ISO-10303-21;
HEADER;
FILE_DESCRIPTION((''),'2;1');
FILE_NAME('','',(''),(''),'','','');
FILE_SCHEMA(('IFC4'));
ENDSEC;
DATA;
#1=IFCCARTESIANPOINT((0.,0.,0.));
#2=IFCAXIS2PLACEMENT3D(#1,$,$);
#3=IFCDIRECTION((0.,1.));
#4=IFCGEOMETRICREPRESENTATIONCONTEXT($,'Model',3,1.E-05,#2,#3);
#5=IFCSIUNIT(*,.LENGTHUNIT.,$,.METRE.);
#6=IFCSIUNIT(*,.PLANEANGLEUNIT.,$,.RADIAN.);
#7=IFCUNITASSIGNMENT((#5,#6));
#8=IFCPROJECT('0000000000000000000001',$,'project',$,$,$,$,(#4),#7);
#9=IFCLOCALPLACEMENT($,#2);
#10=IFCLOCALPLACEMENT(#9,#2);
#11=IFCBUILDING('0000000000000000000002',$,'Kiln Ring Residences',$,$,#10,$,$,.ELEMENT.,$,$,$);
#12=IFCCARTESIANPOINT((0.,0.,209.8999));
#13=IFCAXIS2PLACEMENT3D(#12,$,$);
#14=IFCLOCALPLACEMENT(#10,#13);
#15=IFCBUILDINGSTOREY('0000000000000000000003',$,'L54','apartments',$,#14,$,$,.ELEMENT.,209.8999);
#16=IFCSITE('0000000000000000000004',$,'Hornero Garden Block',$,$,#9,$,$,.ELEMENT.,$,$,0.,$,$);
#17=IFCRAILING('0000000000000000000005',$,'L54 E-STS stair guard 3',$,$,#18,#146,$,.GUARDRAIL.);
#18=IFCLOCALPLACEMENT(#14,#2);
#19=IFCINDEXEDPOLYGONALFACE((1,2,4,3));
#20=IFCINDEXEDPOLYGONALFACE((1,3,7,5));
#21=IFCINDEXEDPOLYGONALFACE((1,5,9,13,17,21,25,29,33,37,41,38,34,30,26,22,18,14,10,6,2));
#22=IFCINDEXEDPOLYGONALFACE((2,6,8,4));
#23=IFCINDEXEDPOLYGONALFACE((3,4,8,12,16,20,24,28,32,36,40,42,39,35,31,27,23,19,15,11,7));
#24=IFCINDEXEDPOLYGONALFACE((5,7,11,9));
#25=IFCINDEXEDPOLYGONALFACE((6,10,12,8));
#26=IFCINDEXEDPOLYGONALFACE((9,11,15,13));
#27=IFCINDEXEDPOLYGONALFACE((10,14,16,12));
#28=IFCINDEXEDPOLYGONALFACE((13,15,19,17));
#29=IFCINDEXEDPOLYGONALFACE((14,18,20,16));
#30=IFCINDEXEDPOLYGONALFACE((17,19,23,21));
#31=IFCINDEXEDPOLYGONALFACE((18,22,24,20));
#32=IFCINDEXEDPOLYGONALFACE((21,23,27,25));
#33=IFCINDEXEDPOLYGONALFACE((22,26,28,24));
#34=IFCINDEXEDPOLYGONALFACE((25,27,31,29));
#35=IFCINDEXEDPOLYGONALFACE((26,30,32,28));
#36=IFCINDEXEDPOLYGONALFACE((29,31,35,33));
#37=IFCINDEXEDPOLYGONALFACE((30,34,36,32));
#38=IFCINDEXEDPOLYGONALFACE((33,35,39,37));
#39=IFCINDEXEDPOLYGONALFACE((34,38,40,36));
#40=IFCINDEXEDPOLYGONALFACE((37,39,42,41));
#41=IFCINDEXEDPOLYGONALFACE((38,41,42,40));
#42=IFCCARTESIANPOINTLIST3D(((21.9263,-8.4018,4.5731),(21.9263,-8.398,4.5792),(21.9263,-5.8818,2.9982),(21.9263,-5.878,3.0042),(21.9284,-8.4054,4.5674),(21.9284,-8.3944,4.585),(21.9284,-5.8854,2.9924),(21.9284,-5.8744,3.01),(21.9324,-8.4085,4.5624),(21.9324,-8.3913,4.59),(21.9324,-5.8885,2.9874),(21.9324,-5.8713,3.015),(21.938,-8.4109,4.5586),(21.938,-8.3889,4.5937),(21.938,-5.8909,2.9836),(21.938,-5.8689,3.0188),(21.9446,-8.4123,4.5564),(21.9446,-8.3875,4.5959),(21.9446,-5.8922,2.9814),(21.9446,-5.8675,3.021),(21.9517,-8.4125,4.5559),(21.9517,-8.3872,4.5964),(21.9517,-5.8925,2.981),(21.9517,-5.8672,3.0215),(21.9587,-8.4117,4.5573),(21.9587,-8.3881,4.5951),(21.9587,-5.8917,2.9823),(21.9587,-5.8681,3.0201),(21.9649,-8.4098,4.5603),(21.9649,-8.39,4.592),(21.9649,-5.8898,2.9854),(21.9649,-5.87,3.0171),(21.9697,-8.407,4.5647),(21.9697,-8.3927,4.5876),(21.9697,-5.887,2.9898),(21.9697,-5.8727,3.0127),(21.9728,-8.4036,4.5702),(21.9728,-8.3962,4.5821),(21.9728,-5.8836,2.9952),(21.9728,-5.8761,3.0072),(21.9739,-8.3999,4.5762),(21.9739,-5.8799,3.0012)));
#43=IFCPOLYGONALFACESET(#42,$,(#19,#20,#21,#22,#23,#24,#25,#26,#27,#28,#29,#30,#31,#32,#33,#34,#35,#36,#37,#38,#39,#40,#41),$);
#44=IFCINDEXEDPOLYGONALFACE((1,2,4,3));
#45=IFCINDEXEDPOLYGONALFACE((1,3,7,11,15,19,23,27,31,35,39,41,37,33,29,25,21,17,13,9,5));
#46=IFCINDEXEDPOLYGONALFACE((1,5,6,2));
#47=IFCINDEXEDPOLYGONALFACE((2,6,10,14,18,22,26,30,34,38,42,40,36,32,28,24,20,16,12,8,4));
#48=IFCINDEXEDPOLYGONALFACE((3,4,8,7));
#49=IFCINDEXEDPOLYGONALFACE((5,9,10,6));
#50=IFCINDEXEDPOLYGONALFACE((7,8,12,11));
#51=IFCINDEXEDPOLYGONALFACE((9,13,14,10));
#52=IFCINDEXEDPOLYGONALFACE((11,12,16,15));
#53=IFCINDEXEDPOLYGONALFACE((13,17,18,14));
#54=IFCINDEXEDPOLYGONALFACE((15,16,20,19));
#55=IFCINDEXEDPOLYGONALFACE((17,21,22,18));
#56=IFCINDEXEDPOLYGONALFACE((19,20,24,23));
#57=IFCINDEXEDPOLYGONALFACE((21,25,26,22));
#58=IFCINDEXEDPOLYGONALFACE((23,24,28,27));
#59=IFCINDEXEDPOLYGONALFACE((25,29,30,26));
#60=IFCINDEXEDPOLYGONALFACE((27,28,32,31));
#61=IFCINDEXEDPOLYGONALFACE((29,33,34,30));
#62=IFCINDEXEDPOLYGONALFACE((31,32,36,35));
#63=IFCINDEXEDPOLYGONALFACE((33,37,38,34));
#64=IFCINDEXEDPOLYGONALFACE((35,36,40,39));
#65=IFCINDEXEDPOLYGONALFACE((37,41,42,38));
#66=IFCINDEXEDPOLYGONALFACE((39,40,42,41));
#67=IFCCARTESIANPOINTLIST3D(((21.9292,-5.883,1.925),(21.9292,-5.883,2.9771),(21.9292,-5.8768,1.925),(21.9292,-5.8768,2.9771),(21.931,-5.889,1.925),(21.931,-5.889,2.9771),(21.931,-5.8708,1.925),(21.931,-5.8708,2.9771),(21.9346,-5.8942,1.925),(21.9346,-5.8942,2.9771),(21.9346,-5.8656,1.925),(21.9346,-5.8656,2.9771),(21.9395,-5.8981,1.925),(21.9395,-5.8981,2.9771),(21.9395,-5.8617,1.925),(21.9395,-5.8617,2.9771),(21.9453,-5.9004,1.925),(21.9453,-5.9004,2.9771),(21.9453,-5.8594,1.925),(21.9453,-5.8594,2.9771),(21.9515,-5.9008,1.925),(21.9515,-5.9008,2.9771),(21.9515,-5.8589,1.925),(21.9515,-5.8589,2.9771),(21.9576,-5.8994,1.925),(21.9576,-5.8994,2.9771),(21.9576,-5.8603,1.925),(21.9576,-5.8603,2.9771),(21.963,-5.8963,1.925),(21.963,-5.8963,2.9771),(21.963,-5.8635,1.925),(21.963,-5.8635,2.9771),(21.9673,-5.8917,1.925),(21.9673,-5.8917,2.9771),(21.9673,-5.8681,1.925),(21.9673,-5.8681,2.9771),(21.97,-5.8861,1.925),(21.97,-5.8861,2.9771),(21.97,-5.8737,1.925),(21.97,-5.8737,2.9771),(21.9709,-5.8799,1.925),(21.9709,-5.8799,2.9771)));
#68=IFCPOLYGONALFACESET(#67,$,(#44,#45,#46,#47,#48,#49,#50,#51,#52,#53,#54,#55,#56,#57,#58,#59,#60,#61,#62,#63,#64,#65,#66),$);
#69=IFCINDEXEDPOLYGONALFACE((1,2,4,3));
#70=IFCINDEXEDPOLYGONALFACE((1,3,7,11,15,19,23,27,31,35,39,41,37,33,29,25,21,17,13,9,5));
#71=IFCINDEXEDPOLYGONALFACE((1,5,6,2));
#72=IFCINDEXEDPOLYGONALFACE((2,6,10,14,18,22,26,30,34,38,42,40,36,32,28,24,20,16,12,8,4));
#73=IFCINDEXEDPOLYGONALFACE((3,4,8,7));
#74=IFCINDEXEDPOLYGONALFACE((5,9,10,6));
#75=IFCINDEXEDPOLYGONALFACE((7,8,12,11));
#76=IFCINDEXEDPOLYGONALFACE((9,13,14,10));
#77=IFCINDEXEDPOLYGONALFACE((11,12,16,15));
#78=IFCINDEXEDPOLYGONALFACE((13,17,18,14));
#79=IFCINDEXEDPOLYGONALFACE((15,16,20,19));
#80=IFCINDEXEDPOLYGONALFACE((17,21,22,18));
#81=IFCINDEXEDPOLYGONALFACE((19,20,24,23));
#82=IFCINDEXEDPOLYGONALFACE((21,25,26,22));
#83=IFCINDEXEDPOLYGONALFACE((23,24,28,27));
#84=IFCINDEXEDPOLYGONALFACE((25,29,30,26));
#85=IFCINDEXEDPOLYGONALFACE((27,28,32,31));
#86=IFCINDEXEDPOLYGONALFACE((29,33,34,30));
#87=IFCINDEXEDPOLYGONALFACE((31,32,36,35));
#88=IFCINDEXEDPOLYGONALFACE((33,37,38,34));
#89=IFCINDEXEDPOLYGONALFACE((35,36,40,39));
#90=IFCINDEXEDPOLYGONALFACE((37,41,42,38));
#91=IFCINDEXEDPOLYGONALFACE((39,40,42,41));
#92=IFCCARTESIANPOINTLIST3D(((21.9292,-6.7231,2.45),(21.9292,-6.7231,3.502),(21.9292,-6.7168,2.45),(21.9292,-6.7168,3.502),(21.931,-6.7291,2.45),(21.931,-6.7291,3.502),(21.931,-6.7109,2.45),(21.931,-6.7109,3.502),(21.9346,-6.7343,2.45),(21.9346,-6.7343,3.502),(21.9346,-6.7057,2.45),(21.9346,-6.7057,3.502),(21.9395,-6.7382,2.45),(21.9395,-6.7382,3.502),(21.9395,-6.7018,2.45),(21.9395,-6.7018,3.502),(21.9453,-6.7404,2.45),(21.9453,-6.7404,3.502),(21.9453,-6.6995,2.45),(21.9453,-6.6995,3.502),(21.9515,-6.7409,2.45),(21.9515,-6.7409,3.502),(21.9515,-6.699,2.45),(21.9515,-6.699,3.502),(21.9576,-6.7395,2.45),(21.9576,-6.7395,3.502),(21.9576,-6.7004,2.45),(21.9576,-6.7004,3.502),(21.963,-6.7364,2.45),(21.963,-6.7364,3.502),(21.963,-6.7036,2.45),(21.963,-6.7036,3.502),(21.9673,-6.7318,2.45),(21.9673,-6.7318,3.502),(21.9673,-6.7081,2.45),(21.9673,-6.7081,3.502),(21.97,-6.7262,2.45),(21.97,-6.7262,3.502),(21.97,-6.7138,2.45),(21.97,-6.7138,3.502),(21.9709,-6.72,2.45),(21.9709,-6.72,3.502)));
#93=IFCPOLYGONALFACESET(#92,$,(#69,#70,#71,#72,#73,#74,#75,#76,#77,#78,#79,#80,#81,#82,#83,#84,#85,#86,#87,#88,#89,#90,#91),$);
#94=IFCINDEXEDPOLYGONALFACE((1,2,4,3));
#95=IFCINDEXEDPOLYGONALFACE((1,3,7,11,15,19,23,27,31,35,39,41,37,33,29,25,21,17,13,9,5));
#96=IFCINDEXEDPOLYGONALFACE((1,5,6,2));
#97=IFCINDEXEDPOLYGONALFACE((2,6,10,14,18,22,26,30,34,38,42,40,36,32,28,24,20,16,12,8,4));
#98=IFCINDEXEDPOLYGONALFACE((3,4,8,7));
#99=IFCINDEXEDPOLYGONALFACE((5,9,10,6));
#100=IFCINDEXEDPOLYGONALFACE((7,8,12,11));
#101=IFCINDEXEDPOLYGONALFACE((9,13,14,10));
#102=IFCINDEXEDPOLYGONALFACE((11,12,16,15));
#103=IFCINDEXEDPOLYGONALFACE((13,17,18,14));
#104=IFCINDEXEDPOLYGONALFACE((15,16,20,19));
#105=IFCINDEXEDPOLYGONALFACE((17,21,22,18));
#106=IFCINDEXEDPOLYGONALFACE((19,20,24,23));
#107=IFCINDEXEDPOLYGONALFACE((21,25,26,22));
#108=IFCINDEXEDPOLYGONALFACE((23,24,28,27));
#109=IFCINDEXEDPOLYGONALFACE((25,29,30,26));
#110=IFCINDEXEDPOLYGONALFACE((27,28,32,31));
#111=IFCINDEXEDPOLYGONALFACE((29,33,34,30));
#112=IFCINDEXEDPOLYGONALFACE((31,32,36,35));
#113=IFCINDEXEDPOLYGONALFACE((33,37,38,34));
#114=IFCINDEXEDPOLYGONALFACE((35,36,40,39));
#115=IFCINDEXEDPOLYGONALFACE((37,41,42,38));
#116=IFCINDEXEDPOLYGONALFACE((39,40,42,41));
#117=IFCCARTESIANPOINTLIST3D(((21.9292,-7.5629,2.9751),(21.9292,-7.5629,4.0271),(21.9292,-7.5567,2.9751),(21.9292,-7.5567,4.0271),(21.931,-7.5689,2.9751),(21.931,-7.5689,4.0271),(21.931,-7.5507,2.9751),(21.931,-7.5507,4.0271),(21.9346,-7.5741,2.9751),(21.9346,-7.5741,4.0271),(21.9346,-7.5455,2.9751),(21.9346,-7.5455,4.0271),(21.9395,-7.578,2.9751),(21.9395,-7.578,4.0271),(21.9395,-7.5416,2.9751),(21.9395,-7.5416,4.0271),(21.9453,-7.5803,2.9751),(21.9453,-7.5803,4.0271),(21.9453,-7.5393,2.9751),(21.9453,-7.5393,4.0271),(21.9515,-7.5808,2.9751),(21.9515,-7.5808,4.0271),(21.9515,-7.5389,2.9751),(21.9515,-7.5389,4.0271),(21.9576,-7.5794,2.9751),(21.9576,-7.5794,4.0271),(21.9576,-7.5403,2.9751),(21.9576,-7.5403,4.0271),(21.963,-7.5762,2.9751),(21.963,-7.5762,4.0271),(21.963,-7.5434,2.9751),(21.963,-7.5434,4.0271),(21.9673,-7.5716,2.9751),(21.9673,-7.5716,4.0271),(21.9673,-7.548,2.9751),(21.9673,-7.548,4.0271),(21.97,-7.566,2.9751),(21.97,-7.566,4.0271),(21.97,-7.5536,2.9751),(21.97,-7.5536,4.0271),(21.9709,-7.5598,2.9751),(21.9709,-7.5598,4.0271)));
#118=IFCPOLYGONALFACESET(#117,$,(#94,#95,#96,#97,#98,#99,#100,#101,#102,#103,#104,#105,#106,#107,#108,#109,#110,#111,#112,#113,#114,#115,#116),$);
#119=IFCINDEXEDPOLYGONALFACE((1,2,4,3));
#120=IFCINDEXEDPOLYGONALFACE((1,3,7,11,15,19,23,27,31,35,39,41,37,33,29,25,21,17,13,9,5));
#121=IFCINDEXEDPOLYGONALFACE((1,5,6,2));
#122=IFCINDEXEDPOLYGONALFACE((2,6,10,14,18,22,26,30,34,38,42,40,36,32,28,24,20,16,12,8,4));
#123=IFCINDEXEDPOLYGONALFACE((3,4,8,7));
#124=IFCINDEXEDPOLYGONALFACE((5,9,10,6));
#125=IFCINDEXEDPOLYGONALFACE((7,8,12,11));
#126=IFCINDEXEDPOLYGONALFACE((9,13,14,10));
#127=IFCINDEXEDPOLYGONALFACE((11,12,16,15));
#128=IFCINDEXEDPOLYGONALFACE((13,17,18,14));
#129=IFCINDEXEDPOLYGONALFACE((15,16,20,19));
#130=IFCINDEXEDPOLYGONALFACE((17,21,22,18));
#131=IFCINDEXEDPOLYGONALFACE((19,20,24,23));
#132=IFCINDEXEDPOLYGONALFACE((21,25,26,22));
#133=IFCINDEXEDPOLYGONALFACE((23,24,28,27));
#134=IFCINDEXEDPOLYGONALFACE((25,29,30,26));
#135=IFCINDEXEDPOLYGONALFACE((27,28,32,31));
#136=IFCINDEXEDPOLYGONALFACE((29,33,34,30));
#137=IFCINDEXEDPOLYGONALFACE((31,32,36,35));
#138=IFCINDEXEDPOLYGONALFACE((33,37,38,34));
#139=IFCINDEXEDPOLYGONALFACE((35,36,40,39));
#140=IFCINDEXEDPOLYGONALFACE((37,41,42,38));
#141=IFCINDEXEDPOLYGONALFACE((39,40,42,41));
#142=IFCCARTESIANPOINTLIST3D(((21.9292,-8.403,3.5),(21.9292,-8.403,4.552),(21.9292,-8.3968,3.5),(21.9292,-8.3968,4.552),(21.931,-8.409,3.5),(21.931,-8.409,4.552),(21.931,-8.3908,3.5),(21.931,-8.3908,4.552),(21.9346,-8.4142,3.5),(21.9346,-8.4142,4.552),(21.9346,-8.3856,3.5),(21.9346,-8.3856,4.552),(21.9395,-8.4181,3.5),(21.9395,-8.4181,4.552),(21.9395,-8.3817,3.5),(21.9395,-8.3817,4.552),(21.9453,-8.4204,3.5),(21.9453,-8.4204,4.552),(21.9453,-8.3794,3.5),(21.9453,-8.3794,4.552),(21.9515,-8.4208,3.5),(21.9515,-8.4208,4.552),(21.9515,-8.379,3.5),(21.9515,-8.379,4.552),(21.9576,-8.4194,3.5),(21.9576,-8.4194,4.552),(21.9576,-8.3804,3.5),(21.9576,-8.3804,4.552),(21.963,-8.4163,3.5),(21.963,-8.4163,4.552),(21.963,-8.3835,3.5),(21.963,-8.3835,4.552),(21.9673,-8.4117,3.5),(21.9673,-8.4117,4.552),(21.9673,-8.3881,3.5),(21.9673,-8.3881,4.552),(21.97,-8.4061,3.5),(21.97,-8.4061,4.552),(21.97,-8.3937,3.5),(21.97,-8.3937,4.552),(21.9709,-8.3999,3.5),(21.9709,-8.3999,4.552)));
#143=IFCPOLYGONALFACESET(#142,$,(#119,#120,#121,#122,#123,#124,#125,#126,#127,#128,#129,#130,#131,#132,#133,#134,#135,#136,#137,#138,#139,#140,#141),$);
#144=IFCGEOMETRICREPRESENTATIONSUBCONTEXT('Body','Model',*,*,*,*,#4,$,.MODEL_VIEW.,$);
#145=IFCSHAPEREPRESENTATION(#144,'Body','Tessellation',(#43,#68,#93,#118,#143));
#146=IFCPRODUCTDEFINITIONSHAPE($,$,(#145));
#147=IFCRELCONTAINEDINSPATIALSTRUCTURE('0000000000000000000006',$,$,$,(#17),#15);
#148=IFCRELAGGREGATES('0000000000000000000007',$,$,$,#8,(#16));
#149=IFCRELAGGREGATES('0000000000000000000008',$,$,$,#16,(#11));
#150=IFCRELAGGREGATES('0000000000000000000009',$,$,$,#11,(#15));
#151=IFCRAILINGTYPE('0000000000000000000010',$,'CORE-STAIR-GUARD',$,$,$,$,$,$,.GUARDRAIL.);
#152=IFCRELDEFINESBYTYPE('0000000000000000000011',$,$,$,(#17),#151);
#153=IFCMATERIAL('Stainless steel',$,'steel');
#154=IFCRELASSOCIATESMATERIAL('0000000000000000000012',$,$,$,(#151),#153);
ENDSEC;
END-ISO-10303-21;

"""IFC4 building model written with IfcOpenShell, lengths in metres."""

from ifc_helpers import new_model, si_unit, direction, frame, origin, origin_2d, place, context, subcontext, project, spatial, circle, extrude, material, type_object, element, save


model = new_model("IFC4")

# Units and contexts
model_context = context("Model", 3, precision=1e-05, world=origin(), true_north=direction((0.0, 1.0)))
body_context = subcontext(model_context, "Body", "Model", "MODEL_VIEW")
ifc_project = project(units=[si_unit("LENGTHUNIT", "METRE"), si_unit("PLANEANGLEUNIT", "RADIAN")], contexts=[model_context])

# Site, building, storey
site_placement = place(None, origin())
site = spatial("IfcSite", under=ifc_project, at=site_placement, Name="Hornero Garden Block", CompositionType="ELEMENT", RefElevation=0.0)
building_placement = place(site_placement, origin())
building = spatial("IfcBuilding", under=site, at=building_placement, Name="Kiln Ring Residences", CompositionType="ELEMENT")
storey_placement = place(building_placement, frame((0.0, 0.0, 209.8999)))
storey = spatial("IfcBuildingStorey", under=building, at=storey_placement, Name="L54", Description="apartments", CompositionType="ELEMENT", Elevation=209.8999)

# Railing
ifc_material_1 = material(Name="Stainless steel", Category="steel")
railing_type_1 = type_object("IfcRailingType", Name="CORE-STAIR-GUARD", PredefinedType="GUARDRAIL", material=ifc_material_1)
railing_1_placement = place(storey_placement, frame((21.95, -5.8799, 1.925)))
element("IfcRailing", 1, at=railing_1_placement, inside=storey, type_object=railing_type_1, Name="L54 E-STS stair guard 3", PredefinedType="GUARDRAIL", context=body_context, shape_type="SweptSolid", body=[
    extrude(circle(Radius=0.0239, at=origin_2d()), frame((0.0, 0.0, 1.0762), z_axis=(0.0, -0.848008, 0.529984), x_axis=(1.0, 0.0, 0.0)), (0.0, 0.0, 1.0), 2.9717),
    extrude(circle(Radius=0.021, at=origin_2d()), origin(), (0.0, 0.0, 1.0), 1.052),
    extrude(circle(Radius=0.021, at=origin_2d()), frame((0.0, -0.8401, 0.5249)), (0.0, 0.0, 1.0), 1.052),
    extrude(circle(Radius=0.021, at=origin_2d()), frame((0.0, -1.6799, 1.05)), (0.0, 0.0, 1.0), 1.052),
    extrude(circle(Radius=0.021, at=origin_2d()), frame((0.0, -2.52, 1.575)), (0.0, 0.0, 1.0), 1.052),
])

save(model, "model.ifc")
